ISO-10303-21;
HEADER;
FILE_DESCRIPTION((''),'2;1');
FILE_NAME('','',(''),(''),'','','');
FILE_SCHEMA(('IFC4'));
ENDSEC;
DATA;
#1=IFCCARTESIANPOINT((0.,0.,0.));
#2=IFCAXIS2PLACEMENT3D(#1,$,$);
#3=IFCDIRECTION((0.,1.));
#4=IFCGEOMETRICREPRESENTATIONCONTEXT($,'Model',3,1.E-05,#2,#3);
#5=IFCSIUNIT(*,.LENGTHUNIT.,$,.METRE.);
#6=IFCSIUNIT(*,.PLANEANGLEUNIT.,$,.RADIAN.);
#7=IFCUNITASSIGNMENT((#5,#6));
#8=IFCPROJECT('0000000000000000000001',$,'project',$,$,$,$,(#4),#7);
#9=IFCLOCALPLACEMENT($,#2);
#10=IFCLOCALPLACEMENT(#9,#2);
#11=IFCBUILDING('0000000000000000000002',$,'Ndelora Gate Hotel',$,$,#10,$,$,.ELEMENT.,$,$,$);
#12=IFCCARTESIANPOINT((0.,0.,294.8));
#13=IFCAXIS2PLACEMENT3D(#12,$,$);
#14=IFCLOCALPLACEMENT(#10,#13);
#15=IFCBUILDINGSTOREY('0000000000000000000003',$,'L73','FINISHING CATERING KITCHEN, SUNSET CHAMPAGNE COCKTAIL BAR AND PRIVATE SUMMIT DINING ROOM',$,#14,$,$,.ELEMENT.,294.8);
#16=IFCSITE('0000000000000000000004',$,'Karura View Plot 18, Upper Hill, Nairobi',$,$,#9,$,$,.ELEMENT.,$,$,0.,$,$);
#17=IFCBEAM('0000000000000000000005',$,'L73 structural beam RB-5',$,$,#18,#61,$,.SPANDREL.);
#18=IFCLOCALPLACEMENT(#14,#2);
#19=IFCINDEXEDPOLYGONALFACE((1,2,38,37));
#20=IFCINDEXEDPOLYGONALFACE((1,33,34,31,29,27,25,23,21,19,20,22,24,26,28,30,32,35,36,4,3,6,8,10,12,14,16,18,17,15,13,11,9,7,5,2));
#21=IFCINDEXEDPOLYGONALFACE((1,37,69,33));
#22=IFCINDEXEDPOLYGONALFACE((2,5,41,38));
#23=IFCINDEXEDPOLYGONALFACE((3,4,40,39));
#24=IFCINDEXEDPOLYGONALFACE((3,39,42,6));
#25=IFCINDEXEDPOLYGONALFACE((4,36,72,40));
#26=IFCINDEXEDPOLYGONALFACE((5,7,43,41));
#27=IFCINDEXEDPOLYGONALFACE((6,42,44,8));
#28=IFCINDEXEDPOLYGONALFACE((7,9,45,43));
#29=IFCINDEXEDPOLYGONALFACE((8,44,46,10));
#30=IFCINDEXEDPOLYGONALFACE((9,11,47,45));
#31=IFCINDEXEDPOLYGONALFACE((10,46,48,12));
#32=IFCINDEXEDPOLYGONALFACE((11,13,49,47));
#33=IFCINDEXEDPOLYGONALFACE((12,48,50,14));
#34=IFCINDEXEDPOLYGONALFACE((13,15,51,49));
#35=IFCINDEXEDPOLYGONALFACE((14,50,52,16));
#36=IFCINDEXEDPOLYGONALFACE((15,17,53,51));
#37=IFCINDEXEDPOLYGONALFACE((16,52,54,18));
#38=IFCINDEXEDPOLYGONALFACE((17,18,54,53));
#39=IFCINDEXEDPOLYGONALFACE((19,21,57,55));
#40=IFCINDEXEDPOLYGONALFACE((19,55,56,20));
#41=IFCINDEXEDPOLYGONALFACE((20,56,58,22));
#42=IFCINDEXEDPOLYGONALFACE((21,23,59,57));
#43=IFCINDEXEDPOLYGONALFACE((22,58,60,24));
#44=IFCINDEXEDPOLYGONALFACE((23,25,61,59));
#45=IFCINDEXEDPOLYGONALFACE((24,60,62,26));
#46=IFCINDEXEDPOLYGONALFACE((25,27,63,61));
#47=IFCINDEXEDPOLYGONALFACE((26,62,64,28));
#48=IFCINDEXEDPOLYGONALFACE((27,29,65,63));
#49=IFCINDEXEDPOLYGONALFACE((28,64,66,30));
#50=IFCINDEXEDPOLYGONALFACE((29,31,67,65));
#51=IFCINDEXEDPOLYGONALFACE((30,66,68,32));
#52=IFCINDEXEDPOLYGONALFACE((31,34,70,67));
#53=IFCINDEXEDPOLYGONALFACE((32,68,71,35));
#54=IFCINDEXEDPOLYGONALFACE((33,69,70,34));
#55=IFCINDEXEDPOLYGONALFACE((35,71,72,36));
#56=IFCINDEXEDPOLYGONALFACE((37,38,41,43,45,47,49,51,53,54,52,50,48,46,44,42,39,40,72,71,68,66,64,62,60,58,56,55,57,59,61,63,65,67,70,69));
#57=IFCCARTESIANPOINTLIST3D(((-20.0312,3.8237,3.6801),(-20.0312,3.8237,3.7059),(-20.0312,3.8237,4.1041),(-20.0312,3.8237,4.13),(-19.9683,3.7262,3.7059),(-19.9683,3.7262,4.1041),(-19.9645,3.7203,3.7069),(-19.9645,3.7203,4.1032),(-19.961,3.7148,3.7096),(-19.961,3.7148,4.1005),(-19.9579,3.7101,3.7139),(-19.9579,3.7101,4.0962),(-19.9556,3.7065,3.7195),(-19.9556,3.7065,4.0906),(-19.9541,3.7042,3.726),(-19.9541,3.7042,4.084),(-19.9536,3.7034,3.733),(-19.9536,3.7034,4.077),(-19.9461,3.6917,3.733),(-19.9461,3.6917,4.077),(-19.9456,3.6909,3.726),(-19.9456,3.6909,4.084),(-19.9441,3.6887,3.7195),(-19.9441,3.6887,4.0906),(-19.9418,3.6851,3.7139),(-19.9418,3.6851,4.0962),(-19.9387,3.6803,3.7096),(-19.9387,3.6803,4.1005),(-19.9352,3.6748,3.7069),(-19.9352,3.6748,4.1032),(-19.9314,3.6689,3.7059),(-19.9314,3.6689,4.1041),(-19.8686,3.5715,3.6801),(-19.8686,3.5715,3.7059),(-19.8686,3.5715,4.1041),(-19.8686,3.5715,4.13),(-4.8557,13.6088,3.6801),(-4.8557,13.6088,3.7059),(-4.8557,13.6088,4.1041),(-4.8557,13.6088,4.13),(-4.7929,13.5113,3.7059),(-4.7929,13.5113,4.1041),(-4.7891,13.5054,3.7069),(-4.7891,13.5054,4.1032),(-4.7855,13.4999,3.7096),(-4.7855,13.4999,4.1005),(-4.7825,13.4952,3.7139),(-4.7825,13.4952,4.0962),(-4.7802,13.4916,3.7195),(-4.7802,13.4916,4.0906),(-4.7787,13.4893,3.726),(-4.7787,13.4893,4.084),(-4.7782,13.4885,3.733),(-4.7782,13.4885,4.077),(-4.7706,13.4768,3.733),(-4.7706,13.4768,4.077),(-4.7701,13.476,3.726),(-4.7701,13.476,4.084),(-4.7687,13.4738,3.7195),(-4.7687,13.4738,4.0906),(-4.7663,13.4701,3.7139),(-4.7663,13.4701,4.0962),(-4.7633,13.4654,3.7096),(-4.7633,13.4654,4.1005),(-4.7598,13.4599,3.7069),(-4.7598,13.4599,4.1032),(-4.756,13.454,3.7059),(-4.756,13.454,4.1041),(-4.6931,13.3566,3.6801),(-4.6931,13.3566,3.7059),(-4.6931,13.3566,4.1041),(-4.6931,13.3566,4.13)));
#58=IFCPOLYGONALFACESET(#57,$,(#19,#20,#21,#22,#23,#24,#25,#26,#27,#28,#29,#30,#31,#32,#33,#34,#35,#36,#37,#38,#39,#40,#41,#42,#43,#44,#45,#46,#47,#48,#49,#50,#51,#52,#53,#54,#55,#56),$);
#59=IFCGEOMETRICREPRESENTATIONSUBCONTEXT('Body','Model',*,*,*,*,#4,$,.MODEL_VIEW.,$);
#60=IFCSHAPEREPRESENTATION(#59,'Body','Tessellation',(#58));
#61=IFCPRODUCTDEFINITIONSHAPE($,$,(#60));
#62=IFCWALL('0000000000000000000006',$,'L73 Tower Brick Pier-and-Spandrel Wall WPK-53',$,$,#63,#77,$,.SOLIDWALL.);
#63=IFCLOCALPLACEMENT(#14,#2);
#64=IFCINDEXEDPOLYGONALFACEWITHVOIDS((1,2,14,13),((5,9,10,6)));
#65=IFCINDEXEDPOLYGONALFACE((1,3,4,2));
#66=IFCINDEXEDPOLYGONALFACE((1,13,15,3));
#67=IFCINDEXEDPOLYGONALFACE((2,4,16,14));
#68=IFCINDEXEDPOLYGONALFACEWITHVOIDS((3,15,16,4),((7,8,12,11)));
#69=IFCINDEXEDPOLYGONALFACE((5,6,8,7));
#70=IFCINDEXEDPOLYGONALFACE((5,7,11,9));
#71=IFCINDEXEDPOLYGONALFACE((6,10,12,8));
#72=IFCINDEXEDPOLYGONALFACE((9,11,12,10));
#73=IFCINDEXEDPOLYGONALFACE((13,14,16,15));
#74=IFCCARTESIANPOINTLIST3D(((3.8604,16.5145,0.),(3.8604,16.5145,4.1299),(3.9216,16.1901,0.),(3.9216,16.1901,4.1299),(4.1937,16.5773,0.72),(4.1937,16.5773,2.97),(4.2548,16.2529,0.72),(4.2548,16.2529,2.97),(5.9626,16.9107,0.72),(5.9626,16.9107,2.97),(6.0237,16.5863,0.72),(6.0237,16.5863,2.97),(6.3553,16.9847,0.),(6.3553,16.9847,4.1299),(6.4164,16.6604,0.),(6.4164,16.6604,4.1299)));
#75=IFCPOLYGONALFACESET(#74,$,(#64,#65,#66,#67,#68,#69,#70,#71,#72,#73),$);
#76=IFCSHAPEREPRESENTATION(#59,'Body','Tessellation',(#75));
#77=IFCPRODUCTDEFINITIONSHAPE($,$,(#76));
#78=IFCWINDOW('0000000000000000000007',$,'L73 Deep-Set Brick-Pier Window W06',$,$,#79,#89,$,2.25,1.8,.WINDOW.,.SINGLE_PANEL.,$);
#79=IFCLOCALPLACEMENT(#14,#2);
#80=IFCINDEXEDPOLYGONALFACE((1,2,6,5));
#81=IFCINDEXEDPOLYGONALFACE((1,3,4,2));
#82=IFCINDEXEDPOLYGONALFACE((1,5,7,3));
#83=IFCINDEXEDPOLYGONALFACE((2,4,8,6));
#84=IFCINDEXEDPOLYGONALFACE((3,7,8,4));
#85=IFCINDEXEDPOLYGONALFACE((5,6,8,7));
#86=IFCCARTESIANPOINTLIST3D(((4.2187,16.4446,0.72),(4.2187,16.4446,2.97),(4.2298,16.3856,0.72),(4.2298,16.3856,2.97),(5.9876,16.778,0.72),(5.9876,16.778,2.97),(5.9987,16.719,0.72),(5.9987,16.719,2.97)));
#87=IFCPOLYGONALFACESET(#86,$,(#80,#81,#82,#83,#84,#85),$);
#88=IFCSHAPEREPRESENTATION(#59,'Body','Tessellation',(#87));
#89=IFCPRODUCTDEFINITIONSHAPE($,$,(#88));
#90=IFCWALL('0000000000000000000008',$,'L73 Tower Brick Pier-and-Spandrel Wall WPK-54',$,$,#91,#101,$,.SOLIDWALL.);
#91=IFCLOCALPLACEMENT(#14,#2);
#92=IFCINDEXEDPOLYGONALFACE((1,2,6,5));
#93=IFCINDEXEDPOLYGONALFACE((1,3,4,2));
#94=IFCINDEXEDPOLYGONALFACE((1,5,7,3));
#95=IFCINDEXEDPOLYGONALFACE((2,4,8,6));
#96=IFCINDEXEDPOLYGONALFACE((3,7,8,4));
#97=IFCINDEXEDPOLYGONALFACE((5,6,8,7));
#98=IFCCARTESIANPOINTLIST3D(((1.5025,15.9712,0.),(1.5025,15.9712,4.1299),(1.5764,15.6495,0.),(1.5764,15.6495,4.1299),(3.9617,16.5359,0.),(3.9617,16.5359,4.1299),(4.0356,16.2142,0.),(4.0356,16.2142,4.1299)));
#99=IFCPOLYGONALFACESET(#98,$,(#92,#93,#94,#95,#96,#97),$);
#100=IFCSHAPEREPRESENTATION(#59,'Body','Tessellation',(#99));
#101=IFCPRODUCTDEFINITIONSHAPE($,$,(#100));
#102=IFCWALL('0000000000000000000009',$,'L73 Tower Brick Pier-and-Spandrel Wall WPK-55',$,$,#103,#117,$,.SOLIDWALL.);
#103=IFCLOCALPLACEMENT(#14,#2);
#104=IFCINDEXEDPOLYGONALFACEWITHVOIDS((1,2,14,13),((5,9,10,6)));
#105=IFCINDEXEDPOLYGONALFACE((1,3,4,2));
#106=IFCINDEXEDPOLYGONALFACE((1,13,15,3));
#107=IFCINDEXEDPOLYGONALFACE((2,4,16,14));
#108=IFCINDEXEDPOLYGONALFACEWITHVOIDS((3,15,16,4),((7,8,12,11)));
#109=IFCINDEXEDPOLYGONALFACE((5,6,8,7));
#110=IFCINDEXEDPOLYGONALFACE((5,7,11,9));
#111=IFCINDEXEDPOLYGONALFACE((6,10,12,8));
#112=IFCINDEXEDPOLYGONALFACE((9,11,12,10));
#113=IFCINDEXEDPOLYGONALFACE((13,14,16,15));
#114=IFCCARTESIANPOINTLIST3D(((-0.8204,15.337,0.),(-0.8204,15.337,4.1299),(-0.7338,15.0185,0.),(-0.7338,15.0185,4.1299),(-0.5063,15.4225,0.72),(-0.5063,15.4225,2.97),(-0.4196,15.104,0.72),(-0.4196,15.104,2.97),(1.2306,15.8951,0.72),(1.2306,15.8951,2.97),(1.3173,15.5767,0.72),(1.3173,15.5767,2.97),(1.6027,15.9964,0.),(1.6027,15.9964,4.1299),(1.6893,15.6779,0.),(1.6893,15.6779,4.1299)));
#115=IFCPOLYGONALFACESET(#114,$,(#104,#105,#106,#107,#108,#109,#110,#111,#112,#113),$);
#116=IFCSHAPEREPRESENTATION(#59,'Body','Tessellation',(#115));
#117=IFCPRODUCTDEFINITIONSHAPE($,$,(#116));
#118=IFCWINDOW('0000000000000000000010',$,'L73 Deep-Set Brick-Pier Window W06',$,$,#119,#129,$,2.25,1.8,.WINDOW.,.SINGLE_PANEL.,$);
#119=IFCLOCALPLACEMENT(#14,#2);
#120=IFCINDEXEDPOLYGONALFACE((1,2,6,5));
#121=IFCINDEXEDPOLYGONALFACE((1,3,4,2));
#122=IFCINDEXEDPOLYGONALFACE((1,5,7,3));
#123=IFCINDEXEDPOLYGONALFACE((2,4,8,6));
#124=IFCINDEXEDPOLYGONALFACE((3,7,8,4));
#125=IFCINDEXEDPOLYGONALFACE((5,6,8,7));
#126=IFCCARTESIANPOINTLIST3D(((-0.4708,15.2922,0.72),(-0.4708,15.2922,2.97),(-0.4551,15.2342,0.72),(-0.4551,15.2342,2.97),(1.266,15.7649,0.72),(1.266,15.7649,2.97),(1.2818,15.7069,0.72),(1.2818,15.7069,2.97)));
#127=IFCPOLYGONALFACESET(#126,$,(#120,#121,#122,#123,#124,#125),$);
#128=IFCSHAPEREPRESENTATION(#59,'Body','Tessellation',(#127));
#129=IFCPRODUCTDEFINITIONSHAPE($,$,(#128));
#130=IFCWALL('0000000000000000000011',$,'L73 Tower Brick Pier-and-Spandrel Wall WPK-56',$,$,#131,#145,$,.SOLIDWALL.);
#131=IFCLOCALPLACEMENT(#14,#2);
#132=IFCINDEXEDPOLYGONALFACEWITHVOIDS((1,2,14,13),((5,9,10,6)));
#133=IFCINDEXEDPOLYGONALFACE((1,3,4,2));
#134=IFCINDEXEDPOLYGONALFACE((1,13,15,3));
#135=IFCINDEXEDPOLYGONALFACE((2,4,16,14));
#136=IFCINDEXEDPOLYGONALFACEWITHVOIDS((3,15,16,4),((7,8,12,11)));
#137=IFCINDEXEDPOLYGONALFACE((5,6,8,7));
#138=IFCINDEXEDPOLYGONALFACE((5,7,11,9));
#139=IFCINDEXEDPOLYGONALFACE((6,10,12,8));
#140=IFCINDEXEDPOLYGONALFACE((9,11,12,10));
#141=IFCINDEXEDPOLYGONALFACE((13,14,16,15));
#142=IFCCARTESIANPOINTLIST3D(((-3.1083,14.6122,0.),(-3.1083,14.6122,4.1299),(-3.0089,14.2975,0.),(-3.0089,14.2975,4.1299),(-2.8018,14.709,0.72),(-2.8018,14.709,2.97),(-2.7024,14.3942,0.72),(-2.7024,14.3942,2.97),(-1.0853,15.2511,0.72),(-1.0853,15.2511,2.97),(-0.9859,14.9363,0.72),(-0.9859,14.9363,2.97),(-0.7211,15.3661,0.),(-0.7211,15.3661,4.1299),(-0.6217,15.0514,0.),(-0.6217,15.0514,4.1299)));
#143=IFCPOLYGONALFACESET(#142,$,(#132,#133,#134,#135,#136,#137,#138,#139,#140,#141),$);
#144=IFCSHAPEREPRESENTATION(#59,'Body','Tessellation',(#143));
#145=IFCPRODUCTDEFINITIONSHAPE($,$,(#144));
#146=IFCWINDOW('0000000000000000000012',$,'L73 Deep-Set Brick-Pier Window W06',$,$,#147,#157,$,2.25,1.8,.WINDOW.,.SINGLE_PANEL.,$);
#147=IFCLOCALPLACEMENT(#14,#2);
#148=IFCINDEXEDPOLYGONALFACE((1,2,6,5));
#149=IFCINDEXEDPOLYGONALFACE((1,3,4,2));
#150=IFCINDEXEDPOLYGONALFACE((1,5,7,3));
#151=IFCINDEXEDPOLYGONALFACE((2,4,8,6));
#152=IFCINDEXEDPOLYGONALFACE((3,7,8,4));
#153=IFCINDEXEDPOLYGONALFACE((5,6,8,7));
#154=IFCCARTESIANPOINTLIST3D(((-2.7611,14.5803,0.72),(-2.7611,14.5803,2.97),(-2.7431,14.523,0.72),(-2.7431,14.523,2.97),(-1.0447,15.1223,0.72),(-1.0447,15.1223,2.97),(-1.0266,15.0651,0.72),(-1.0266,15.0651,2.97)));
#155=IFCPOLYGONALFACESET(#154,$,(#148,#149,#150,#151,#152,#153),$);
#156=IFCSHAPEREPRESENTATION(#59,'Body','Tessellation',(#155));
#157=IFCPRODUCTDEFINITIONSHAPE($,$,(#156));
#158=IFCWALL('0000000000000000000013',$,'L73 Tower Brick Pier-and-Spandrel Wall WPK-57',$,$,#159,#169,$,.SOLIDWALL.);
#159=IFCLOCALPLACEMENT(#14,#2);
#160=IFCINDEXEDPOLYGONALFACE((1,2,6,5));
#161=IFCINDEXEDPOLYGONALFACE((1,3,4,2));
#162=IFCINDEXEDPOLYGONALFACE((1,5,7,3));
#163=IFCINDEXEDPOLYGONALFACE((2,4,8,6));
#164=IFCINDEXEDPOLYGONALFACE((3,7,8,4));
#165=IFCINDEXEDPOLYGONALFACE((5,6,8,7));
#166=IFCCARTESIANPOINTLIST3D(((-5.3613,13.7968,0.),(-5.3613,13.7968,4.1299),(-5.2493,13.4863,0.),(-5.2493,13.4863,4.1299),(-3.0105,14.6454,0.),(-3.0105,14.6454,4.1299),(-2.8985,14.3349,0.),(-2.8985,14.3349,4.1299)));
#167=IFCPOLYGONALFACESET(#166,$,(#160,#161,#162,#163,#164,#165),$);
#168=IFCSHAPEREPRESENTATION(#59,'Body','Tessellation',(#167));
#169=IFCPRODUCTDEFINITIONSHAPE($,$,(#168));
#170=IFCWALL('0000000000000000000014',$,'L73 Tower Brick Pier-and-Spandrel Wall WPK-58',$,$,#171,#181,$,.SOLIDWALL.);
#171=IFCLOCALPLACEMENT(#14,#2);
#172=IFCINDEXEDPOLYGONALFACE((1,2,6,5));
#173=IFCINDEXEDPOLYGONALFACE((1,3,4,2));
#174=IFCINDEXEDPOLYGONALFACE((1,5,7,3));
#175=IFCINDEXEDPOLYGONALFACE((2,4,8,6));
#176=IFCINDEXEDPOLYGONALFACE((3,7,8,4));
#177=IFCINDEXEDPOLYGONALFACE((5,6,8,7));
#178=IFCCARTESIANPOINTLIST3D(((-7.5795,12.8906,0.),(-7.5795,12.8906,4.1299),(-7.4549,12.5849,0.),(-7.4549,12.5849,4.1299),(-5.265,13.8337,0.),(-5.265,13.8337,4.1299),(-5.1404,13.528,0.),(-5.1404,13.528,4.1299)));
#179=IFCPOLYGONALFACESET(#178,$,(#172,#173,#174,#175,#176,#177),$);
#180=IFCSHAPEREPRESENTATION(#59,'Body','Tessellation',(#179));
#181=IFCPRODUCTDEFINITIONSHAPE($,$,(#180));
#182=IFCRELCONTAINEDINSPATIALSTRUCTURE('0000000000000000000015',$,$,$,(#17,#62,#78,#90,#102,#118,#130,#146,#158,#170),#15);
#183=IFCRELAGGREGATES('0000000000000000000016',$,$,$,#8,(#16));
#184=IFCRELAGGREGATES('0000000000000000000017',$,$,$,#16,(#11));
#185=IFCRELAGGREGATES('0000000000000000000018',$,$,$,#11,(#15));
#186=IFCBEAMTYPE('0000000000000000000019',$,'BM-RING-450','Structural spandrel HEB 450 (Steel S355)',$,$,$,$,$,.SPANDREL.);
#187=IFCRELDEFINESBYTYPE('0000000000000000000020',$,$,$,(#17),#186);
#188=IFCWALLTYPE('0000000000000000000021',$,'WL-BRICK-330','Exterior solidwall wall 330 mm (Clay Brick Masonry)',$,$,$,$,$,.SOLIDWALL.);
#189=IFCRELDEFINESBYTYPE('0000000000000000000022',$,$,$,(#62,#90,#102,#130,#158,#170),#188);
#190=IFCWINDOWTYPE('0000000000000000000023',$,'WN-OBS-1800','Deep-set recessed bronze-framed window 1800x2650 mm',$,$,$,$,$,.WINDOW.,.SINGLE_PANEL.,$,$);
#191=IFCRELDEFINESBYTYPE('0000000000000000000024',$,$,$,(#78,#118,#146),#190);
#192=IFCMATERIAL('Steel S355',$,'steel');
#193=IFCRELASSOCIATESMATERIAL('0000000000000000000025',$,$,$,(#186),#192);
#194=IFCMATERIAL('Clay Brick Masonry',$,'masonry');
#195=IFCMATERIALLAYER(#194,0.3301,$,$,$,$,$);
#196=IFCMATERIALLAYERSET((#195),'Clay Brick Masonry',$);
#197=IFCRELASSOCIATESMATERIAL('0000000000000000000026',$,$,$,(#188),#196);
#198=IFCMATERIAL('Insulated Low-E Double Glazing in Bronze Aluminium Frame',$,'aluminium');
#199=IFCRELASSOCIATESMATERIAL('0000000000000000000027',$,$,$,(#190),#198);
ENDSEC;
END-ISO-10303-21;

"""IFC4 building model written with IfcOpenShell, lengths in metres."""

from ifc_helpers import new_model, si_unit, direction, frame, frame_2d, origin, origin_2d, place, context, subcontext, project, spatial, rectangle, i_section, extrude, material, layer, layer_set, material_profile, profile_set, type_object, element, fill, save


model = new_model("IFC4")

# Units and contexts
model_context = context("Model", 3, precision=1e-05, world=origin(), true_north=direction((0.0, 1.0)))
body_context = subcontext(model_context, "Body", "Model", "MODEL_VIEW")
ifc_project = project(units=[si_unit("LENGTHUNIT", "METRE"), si_unit("PLANEANGLEUNIT", "RADIAN")], contexts=[model_context])

# Site, building, storey
site_placement = place(None, origin())
site = spatial("IfcSite", under=ifc_project, at=site_placement, Name="Karura View Plot 18, Upper Hill, Nairobi", CompositionType="ELEMENT", RefElevation=0.0)
building_placement = place(site_placement, origin())
building = spatial("IfcBuilding", under=site, at=building_placement, Name="Ndelora Gate Hotel", CompositionType="ELEMENT")
storey_placement = place(building_placement, frame((0.0, 0.0, 294.8)))
storey = spatial("IfcBuildingStorey", under=building, at=storey_placement, Name="L73", Description="FINISHING CATERING KITCHEN, SUNSET CHAMPAGNE COCKTAIL BAR AND PRIVATE SUMMIT DINING ROOM", CompositionType="ELEMENT", Elevation=294.8)

# Beam
ifc_material_1 = material(Name="Steel S355", Category="steel")
ifc_material_profile_1 = material_profile(ifc_material_1, i_section(OverallWidth=0.3, OverallDepth=0.45, WebThickness=0.0139, FlangeThickness=0.0259, FilletRadius=0.0271, at=origin_2d()), Name="HEB 450")
ifc_profile_set_1 = profile_set([ifc_material_profile_1], Name="Steel S355")
beam_type_1 = type_object("IfcBeamType", Name="BM-RING-450", Description="Structural spandrel HEB 450 (Steel S355)", PredefinedType="SPANDREL", material=ifc_profile_set_1)
beam_1_placement = place(storey_placement, frame((-4.7744, 13.4827, 3.905), z_axis=(-0.840436, -0.541911, 0.0), x_axis=(0.541911, -0.840436, 0.0)))
element("IfcBeam", 1, at=beam_1_placement, inside=storey, type_object=beam_type_1, Name="L73 structural beam RB-5", PredefinedType="SPANDREL", context=body_context, shape_type="SweptSolid", body=[
    extrude(i_section(OverallWidth=0.3, OverallDepth=0.45, WebThickness=0.0139, FlangeThickness=0.0259, FilletRadius=0.0271, at=origin_2d()), origin(), (0.0, 0.0, 1.0), 18.0566),
])

# Wall, opening, window
ifc_material_2 = material(Name="Clay Brick Masonry", Category="masonry")
ifc_layer_1 = layer(ifc_material_2, 0.3301)
ifc_layer_set_1 = layer_set([ifc_layer_1], Name="Clay Brick Masonry")
wall_type_1 = type_object("IfcWallType", Name="WL-BRICK-330", Description="Exterior solidwall wall 330 mm (Clay Brick Masonry)", PredefinedType="SOLIDWALL", material=ifc_layer_set_1)
wall_1_placement = place(storey_placement, frame((3.8909, 16.3523, 0.0), z_axis=(0.0, 0.0, 1.0), x_axis=(0.982699, 0.185212, 0.0)))
wall_1 = element("IfcWall", 2, at=wall_1_placement, inside=storey, type_object=wall_type_1, Name="L73 Tower Brick Pier-and-Spandrel Wall WPK-53", PredefinedType="SOLIDWALL", context=body_context, shape_type="SweptSolid", body=[
    extrude(rectangle(XDim=2.5388, YDim=0.3301, at=frame_2d((1.2695, 0.0))), origin(), (0.0, 0.0, 1.0), 4.1299),
])
opening_1_placement = place(wall_1_placement, frame((0.3394, 0.0, 0.72)))
opening_1 = element("IfcOpeningElement", 3, at=opening_1_placement, cuts=wall_1, PredefinedType="OPENING", context=body_context, shape_type="SweptSolid", body=[
    extrude(rectangle(XDim=1.8, YDim=2.25, at=frame_2d((0.8999, 1.125))), frame((0.0, 0.175, 0.0), z_axis=(0.0, -1.0, 0.0), x_axis=(1.0, 0.0, 0.0)), (0.0, 0.0, 1.0), 0.3501),
])
ifc_material_3 = material(Name="Insulated Low-E Double Glazing in Bronze Aluminium Frame", Category="aluminium")
window_type = type_object("IfcWindowType", Name="WN-OBS-1800", Description="Deep-set recessed bronze-framed window 1800x2650 mm", PartitioningType="SINGLE_PANEL", PredefinedType="WINDOW", material=ifc_material_3)
window_1_placement = place(opening_1_placement, origin())
window_1 = element("IfcWindow", 4, at=window_1_placement, inside=storey, type_object=window_type, Name="L73 Deep-Set Brick-Pier Window W06", OverallHeight=2.25, OverallWidth=1.8, PartitioningType="SINGLE_PANEL", PredefinedType="WINDOW", context=body_context, shape_type="SweptSolid", body=[
    extrude(rectangle(XDim=1.8, YDim=2.25, at=frame_2d((0.8999, 1.125))), frame((0.0, 0.03, 0.0), z_axis=(0.0, -1.0, 0.0), x_axis=(1.0, 0.0, 0.0)), (0.0, 0.0, 1.0), 0.0601),
])
fill(opening_1, window_1)

# Wall
wall_2_placement = place(storey_placement, frame((1.5393, 15.8103, 0.0), z_axis=(0.0, 0.0, 1.0), x_axis=(0.974635, 0.223799, 0.0)))
element("IfcWall", 5, at=wall_2_placement, inside=storey, type_object=wall_type_1, Name="L73 Tower Brick Pier-and-Spandrel Wall WPK-54", PredefinedType="SOLIDWALL", context=body_context, shape_type="SweptSolid", body=[
    extrude(rectangle(XDim=2.5232, YDim=0.3301, at=frame_2d((1.2617, 0.0))), origin(), (0.0, 0.0, 1.0), 4.1299),
])

# Walls, openings, windows
wall_3_placement = place(storey_placement, frame((-0.7771, 15.1777, 0.0), z_axis=(0.0, 0.0, 1.0), x_axis=(0.964907, 0.262591, 0.0)))
wall_3 = element("IfcWall", 6, at=wall_3_placement, inside=storey, type_object=wall_type_1, Name="L73 Tower Brick Pier-and-Spandrel Wall WPK-55", PredefinedType="SOLIDWALL", context=body_context, shape_type="SweptSolid", body=[
    extrude(rectangle(XDim=2.5112, YDim=0.3301, at=frame_2d((1.2556, 0.0))), origin(), (0.0, 0.0, 1.0), 4.1299),
])
opening_2_placement = place(wall_3_placement, frame((0.3257, 0.0, 0.72)))
opening_2 = element("IfcOpeningElement", 7, at=opening_2_placement, cuts=wall_3, PredefinedType="OPENING", context=body_context, shape_type="SweptSolid", body=[
    extrude(rectangle(XDim=1.8, YDim=2.25, at=frame_2d((0.8999, 1.125))), frame((0.0, 0.175, 0.0), z_axis=(0.0, -1.0, 0.0), x_axis=(1.0, 0.0, 0.0)), (0.0, 0.0, 1.0), 0.3501),
])
window_2_placement = place(opening_2_placement, origin())
window_2 = element("IfcWindow", 8, at=window_2_placement, inside=storey, type_object=window_type, Name="L73 Deep-Set Brick-Pier Window W06", OverallHeight=2.25, OverallWidth=1.8, PartitioningType="SINGLE_PANEL", PredefinedType="WINDOW", context=body_context, shape_type="SweptSolid", body=[
    extrude(rectangle(XDim=1.8, YDim=2.25, at=frame_2d((0.8999, 1.125))), frame((0.0, 0.03, 0.0), z_axis=(0.0, -1.0, 0.0), x_axis=(1.0, 0.0, 0.0)), (0.0, 0.0, 1.0), 0.0601),
])
fill(opening_2, window_2)
wall_4_placement = place(storey_placement, frame((-3.0586, 14.4548, 0.0), z_axis=(0.0, 0.0, 1.0), x_axis=(0.953577, 0.30115, 0.0)))
wall_4 = element("IfcWall", 9, at=wall_4_placement, inside=storey, type_object=wall_type_1, Name="L73 Tower Brick Pier-and-Spandrel Wall WPK-56", PredefinedType="SOLIDWALL", context=body_context, shape_type="SweptSolid", body=[
    extrude(rectangle(XDim=2.5034, YDim=0.3301, at=frame_2d((1.2517, 0.0))), origin(), (0.0, 0.0, 1.0), 4.1299),
])
opening_3_placement = place(wall_4_placement, frame((0.3215, 0.0, 0.72)))
opening_3 = element("IfcOpeningElement", 10, at=opening_3_placement, cuts=wall_4, PredefinedType="OPENING", context=body_context, shape_type="SweptSolid", body=[
    extrude(rectangle(XDim=1.8, YDim=2.25, at=frame_2d((0.8999, 1.125))), frame((0.0, 0.175, 0.0), z_axis=(0.0, -1.0, 0.0), x_axis=(1.0, 0.0, 0.0)), (0.0, 0.0, 1.0), 0.3501),
])
window_3_placement = place(opening_3_placement, origin())
window_3 = element("IfcWindow", 11, at=window_3_placement, inside=storey, type_object=window_type, Name="L73 Deep-Set Brick-Pier Window W06", OverallHeight=2.25, OverallWidth=1.8, PartitioningType="SINGLE_PANEL", PredefinedType="WINDOW", context=body_context, shape_type="SweptSolid", body=[
    extrude(rectangle(XDim=1.8, YDim=2.25, at=frame_2d((0.8999, 1.125))), frame((0.0, 0.03, 0.0), z_axis=(0.0, -1.0, 0.0), x_axis=(1.0, 0.0, 0.0)), (0.0, 0.0, 1.0), 0.0601),
])
fill(opening_3, window_3)

# Walls
for number, where, z_axis, x_axis, name in (
    (12, (-5.3052, 13.6416, 0.0), (0.0, 0.0, 1.0), (0.940589, 0.339546, 0.0), "L73 Tower Brick Pier-and-Spandrel Wall WPK-57"),
    (13, (-7.5171, 12.7378, 0.0), (0.0, 0.0, 1.0), (0.926066, 0.377362, 0.0), "L73 Tower Brick Pier-and-Spandrel Wall WPK-58"),
):
    element("IfcWall", number, at=place(storey_placement, frame(where, z_axis=z_axis, x_axis=x_axis)), inside=storey, type_object=wall_type_1, Name=name, PredefinedType="SOLIDWALL", context=body_context, shape_type="SweptSolid", body=[
        extrude(rectangle(XDim=2.4993, YDim=0.3301, at=frame_2d((1.2495, 0.0))), origin(), (0.0, 0.0, 1.0), 4.1299),
    ])

save(model, "model.ifc")
